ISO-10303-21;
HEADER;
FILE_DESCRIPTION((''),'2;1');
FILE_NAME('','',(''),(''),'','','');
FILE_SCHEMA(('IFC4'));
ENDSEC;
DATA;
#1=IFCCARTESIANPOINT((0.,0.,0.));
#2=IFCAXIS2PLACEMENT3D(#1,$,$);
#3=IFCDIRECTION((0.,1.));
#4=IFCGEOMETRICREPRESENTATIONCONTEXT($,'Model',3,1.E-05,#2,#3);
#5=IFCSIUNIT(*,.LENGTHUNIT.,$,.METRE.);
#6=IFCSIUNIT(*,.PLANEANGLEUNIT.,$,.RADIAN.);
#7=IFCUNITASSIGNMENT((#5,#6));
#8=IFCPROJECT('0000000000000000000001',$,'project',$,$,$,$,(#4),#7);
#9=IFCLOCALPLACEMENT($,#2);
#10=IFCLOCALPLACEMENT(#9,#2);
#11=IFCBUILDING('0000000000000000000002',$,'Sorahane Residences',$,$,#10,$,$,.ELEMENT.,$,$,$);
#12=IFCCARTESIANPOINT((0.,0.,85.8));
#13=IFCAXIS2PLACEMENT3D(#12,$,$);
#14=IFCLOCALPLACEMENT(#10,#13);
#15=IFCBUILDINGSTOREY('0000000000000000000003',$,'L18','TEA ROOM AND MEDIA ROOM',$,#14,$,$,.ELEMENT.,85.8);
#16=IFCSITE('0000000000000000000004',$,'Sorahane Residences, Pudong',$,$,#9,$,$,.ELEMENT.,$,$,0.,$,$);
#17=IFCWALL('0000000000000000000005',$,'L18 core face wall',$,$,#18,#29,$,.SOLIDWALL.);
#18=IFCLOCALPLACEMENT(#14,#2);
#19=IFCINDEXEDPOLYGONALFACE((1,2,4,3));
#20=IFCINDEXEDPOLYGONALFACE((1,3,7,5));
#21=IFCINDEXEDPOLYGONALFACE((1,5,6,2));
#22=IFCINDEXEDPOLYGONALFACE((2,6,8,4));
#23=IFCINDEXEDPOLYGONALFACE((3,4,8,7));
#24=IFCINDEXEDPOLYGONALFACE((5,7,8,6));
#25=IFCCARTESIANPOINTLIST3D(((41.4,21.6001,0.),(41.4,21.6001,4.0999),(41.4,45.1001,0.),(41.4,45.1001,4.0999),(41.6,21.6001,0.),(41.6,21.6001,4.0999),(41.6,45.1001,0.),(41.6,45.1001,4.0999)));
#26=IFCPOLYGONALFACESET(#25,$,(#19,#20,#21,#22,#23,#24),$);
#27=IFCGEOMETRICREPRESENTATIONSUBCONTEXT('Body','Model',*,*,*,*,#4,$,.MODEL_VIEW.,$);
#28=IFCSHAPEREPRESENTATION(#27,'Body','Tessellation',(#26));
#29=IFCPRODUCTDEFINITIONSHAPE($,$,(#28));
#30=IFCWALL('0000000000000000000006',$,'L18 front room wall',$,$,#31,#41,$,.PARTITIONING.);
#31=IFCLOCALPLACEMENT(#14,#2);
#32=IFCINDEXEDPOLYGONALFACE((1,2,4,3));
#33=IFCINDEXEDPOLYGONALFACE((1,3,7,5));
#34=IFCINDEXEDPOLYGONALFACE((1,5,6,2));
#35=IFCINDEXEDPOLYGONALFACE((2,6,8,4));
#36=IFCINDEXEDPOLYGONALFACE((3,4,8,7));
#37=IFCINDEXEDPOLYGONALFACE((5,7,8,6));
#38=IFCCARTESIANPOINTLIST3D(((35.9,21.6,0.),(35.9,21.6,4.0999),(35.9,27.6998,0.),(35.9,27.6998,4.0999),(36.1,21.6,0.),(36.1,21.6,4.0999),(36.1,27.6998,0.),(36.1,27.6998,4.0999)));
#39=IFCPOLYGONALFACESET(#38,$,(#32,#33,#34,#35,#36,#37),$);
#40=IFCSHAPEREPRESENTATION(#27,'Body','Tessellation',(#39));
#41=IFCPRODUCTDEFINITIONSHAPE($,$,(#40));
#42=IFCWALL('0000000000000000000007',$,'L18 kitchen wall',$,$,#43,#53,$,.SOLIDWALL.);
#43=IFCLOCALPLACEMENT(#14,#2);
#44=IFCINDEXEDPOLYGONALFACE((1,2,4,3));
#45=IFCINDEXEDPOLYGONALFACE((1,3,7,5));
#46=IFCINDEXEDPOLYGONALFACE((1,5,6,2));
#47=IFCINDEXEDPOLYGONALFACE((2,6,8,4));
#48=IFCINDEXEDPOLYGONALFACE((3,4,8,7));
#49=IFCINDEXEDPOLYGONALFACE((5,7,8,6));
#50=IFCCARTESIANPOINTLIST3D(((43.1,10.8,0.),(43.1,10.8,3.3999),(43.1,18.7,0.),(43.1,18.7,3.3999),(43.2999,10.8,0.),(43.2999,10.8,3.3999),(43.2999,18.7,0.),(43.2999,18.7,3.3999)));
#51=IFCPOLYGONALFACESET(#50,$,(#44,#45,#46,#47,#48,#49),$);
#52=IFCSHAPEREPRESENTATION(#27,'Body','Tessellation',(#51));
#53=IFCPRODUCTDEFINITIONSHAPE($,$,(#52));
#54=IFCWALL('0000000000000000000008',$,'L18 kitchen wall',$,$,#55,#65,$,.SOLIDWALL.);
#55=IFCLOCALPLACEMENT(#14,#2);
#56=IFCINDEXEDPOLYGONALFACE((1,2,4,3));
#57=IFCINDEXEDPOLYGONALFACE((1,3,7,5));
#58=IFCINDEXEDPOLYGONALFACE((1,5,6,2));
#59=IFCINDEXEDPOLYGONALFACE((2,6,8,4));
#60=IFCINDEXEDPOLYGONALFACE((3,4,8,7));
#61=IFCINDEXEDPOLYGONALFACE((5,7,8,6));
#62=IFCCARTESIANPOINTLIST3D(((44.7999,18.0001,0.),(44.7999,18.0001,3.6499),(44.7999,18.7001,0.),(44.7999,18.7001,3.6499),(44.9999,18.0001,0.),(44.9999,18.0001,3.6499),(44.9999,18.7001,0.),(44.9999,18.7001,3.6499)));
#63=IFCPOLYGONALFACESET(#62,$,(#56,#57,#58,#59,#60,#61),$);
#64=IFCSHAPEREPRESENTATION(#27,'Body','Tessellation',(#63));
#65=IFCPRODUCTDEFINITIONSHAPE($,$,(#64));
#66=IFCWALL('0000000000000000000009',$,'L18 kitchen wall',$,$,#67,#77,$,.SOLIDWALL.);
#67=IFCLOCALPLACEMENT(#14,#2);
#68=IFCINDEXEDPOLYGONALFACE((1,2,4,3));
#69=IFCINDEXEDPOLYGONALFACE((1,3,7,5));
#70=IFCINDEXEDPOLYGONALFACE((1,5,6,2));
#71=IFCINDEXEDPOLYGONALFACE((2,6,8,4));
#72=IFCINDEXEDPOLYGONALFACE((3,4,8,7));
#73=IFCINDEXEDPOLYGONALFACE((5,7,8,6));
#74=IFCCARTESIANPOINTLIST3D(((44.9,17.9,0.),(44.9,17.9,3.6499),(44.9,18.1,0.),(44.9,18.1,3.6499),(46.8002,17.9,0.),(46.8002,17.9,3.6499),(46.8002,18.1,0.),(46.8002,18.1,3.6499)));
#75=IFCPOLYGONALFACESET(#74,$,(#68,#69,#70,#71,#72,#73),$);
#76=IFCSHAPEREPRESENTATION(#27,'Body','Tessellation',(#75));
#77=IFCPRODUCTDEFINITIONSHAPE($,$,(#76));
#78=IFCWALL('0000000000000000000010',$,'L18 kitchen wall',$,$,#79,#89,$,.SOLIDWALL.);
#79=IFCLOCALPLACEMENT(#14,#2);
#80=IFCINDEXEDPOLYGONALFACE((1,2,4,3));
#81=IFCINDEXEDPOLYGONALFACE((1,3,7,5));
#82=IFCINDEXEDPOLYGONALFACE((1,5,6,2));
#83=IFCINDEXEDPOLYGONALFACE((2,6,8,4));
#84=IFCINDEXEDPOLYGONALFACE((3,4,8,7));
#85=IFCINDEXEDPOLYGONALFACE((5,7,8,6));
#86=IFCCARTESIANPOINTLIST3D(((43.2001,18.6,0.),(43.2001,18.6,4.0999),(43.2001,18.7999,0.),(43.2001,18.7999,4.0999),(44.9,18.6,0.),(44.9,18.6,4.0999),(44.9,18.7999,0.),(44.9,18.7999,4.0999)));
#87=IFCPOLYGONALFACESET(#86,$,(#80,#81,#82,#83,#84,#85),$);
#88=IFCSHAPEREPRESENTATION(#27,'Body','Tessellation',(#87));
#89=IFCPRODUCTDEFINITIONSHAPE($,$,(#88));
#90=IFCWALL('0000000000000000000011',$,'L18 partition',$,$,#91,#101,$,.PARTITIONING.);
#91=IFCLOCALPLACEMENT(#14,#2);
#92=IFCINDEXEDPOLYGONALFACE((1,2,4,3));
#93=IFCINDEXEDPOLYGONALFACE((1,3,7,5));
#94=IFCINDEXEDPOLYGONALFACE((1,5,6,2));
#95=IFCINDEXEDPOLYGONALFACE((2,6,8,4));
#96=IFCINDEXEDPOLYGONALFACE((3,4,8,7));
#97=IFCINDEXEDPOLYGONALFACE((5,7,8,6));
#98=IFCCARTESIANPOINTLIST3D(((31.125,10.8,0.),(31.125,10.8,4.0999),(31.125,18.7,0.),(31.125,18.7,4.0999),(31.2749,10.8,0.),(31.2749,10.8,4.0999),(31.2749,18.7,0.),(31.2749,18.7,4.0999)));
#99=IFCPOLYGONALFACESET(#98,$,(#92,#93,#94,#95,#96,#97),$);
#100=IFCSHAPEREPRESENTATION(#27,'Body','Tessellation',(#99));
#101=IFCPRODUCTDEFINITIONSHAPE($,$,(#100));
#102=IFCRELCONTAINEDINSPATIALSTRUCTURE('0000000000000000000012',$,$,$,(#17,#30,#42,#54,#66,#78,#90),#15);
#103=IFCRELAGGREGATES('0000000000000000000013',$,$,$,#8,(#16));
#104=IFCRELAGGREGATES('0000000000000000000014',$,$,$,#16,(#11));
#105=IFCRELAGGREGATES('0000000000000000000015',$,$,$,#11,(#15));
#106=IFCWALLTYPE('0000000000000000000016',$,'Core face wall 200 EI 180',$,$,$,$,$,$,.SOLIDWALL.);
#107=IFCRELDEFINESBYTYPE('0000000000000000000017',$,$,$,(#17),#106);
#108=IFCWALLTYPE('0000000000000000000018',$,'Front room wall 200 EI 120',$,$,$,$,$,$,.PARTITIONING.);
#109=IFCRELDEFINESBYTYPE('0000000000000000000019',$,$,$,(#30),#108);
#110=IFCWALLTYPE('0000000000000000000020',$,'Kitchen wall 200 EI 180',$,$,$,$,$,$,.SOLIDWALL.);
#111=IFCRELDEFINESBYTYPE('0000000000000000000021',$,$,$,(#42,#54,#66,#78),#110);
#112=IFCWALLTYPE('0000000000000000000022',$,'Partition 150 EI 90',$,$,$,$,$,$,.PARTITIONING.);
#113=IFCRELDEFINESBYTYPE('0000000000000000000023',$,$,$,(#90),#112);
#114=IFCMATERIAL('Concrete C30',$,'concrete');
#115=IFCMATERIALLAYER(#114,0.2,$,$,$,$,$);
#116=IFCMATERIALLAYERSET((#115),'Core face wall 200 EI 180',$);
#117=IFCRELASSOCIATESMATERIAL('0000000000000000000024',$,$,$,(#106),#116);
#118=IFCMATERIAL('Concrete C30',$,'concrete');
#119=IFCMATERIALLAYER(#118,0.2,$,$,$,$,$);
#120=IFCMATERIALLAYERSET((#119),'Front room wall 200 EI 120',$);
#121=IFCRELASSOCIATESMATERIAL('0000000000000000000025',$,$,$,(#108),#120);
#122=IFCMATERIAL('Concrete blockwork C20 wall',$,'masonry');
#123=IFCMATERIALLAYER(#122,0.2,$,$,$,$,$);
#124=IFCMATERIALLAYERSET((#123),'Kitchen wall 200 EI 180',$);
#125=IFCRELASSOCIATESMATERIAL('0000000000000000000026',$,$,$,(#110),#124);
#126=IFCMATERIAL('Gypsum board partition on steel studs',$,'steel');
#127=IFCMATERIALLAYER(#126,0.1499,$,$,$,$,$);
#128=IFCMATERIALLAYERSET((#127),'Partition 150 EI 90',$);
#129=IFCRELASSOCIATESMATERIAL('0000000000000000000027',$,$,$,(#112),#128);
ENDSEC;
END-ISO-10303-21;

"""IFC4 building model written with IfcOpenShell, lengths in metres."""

from ifc_helpers import new_model, si_unit, direction, frame, frame_2d, origin, place, context, subcontext, project, spatial, rectangle, extrude, material, layer, layer_set, type_object, element, save


model = new_model("IFC4")

# Units and contexts
model_context = context("Model", 3, precision=1e-05, world=origin(), true_north=direction((0.0, 1.0)))
body_context = subcontext(model_context, "Body", "Model", "MODEL_VIEW")
ifc_project = project(units=[si_unit("LENGTHUNIT", "METRE"), si_unit("PLANEANGLEUNIT", "RADIAN")], contexts=[model_context])

# Site, building, storey
site_placement = place(None, origin())
site = spatial("IfcSite", under=ifc_project, at=site_placement, Name="Sorahane Residences, Pudong", CompositionType="ELEMENT", RefElevation=0.0)
building_placement = place(site_placement, origin())
building = spatial("IfcBuilding", under=site, at=building_placement, Name="Sorahane Residences", CompositionType="ELEMENT")
storey_placement = place(building_placement, frame((0.0, 0.0, 85.8)))
storey = spatial("IfcBuildingStorey", under=building, at=storey_placement, Name="L18", Description="TEA ROOM AND MEDIA ROOM", CompositionType="ELEMENT", Elevation=85.8)

# Walls
ifc_material_1 = material(Name="Concrete C30", Category="concrete")
ifc_layer_1 = layer(ifc_material_1, 0.2)
ifc_layer_set_1 = layer_set([ifc_layer_1], Name="Core face wall 200 EI 180")
wall_type_1 = type_object("IfcWallType", Name="Core face wall 200 EI 180", PredefinedType="SOLIDWALL", material=ifc_layer_set_1)
wall_1_placement = place(storey_placement, frame((41.5, 21.6001, 0.0), z_axis=(0.0, 0.0, 1.0), x_axis=(0.0, 1.0, 0.0)))
element("IfcWall", 1, at=wall_1_placement, inside=storey, type_object=wall_type_1, Name="L18 core face wall", PredefinedType="SOLIDWALL", context=body_context, shape_type="SweptSolid", body=[
    extrude(rectangle(XDim=23.5, YDim=0.2, at=frame_2d((11.75, 0.0))), origin(), (0.0, 0.0, 1.0), 4.0999),
])
ifc_material_2 = material(Name="Concrete C30", Category="concrete")
ifc_layer_2 = layer(ifc_material_2, 0.2)
ifc_layer_set_2 = layer_set([ifc_layer_2], Name="Front room wall 200 EI 120")
wall_type_2 = type_object("IfcWallType", Name="Front room wall 200 EI 120", PredefinedType="PARTITIONING", material=ifc_layer_set_2)
wall_2_placement = place(storey_placement, frame((36.0, 21.6001, 0.0), z_axis=(0.0, 0.0, 1.0), x_axis=(0.0, 1.0, 0.0)))
element("IfcWall", 2, at=wall_2_placement, inside=storey, type_object=wall_type_2, Name="L18 front room wall", PredefinedType="PARTITIONING", context=body_context, shape_type="SweptSolid", body=[
    extrude(rectangle(XDim=6.0999, YDim=0.2, at=frame_2d((3.0498, 0.0))), origin(), (0.0, 0.0, 1.0), 4.0999),
])
ifc_material_3 = material(Name="Concrete blockwork C20 wall", Category="masonry")
ifc_layer_3 = layer(ifc_material_3, 0.2)
ifc_layer_set_3 = layer_set([ifc_layer_3], Name="Kitchen wall 200 EI 180")
wall_type_3 = type_object("IfcWallType", Name="Kitchen wall 200 EI 180", PredefinedType="SOLIDWALL", material=ifc_layer_set_3)
wall_3_placement = place(storey_placement, frame((43.2, 10.8, 0.0), z_axis=(0.0, 0.0, 1.0), x_axis=(0.0, 1.0, 0.0)))
element("IfcWall", 3, at=wall_3_placement, inside=storey, type_object=wall_type_3, Name="L18 kitchen wall", PredefinedType="SOLIDWALL", context=body_context, shape_type="SweptSolid", body=[
    extrude(rectangle(XDim=7.8999, YDim=0.2, at=frame_2d((3.95, 0.0))), origin(), (0.0, 0.0, 1.0), 3.3999),
])
wall_4_placement = place(storey_placement, frame((44.8999, 18.0, 0.0), z_axis=(0.0, 0.0, 1.0), x_axis=(0.0, 1.0, 0.0)))
element("IfcWall", 4, at=wall_4_placement, inside=storey, type_object=wall_type_3, Name="L18 kitchen wall", PredefinedType="SOLIDWALL", context=body_context, shape_type="SweptSolid", body=[
    extrude(rectangle(XDim=0.7, YDim=0.2, at=frame_2d((0.3501, 0.0))), origin(), (0.0, 0.0, 1.0), 3.6499),
])

# Walls
wall_5_placement = place(storey_placement, frame((44.8999, 18.0, 0.0), z_axis=(0.0, 0.0, 1.0), x_axis=(1.0, 0.0, 0.0)))
element("IfcWall", 5, at=wall_5_placement, inside=storey, type_object=wall_type_3, Name="L18 kitchen wall", PredefinedType="SOLIDWALL", context=body_context, shape_type="SweptSolid", body=[
    extrude(rectangle(XDim=1.9001, YDim=0.2, at=frame_2d((0.9502, 0.0))), origin(), (0.0, 0.0, 1.0), 3.6499),
])
wall_6_placement = place(storey_placement, frame((43.2, 18.7, 0.0), z_axis=(0.0, 0.0, 1.0), x_axis=(1.0, 0.0, 0.0)))
element("IfcWall", 6, at=wall_6_placement, inside=storey, type_object=wall_type_3, Name="L18 kitchen wall", PredefinedType="SOLIDWALL", context=body_context, shape_type="SweptSolid", body=[
    extrude(rectangle(XDim=1.7, YDim=0.2, at=frame_2d((0.8501, 0.0))), origin(), (0.0, 0.0, 1.0), 4.0999),
])
ifc_material_4 = material(Name="Gypsum board partition on steel studs", Category="steel")
ifc_layer_4 = layer(ifc_material_4, 0.1499)
ifc_layer_set_4 = layer_set([ifc_layer_4], Name="Partition 150 EI 90")
wall_type_4 = type_object("IfcWallType", Name="Partition 150 EI 90", PredefinedType="PARTITIONING", material=ifc_layer_set_4)
wall_7_placement = place(storey_placement, frame((31.2, 10.8, 0.0), z_axis=(0.0, 0.0, 1.0), x_axis=(0.0, 1.0, 0.0)))
element("IfcWall", 7, at=wall_7_placement, inside=storey, type_object=wall_type_4, Name="L18 partition", PredefinedType="PARTITIONING", context=body_context, shape_type="SweptSolid", body=[
    extrude(rectangle(XDim=7.8999, YDim=0.1499, at=frame_2d((3.95, 0.0))), origin(), (0.0, 0.0, 1.0), 4.0999),
])

save(model, "model.ifc")
